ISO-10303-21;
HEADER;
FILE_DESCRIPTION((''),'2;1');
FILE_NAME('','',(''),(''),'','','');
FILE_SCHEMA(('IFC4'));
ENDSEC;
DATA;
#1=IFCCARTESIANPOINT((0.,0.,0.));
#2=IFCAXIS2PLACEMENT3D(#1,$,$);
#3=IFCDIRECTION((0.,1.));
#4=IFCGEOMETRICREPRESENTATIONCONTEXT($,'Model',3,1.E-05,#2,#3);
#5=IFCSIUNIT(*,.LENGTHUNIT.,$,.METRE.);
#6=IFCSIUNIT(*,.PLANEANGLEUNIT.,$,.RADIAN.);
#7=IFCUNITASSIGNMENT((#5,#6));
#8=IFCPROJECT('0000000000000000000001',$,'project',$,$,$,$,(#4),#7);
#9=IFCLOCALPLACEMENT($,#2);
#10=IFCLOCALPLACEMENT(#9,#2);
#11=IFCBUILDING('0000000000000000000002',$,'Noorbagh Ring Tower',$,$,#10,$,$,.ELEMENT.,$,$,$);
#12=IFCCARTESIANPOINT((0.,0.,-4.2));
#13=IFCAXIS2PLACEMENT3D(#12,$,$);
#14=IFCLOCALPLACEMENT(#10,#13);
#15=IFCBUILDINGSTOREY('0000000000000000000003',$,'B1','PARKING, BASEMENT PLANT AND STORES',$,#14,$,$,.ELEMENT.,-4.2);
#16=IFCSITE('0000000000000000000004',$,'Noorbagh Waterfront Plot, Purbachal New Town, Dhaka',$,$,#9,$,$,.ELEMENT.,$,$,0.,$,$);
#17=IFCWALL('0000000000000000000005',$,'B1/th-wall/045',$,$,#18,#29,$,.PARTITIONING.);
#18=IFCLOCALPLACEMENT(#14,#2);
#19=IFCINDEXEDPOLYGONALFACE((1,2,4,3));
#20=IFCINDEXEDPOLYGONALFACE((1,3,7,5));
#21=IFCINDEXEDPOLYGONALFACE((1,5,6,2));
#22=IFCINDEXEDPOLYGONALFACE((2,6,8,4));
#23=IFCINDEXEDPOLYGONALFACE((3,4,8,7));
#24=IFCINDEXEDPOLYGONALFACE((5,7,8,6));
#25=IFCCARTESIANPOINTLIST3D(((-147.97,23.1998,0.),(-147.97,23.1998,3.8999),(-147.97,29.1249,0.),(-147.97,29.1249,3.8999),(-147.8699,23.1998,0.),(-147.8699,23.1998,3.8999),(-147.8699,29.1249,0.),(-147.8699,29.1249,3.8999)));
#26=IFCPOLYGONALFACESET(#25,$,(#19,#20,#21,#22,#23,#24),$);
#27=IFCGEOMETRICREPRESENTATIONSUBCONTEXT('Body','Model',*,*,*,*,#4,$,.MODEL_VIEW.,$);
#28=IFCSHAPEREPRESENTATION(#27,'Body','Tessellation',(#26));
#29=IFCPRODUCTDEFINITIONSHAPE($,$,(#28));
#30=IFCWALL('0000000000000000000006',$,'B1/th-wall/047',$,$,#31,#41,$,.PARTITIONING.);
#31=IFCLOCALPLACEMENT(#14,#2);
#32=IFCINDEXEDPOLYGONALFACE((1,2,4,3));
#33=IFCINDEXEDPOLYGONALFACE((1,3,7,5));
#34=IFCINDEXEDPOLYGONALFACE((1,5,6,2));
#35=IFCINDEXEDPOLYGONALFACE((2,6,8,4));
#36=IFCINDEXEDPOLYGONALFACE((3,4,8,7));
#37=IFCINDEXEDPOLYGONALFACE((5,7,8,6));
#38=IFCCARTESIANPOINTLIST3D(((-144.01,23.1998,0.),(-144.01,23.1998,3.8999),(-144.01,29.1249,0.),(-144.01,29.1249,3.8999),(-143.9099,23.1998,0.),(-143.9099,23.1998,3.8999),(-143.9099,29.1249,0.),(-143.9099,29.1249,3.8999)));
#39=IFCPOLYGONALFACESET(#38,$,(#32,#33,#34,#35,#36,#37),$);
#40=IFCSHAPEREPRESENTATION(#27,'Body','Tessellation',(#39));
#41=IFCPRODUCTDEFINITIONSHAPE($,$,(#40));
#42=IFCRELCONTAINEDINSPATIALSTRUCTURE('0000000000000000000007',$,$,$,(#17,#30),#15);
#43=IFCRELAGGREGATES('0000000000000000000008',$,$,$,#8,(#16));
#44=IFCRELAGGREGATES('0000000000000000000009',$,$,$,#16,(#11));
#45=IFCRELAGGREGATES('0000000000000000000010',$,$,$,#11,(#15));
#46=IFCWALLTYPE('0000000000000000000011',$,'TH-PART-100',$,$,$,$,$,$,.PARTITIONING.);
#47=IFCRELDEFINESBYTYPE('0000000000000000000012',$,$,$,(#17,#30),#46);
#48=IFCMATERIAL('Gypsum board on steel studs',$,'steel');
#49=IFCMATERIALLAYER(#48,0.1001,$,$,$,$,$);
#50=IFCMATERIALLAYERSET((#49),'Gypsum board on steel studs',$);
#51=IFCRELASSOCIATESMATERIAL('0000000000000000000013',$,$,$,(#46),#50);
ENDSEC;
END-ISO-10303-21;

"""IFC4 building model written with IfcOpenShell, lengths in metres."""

from ifc_helpers import new_model, si_unit, direction, frame, frame_2d, origin, place, context, subcontext, project, spatial, rectangle, extrude, material, layer, layer_set, type_object, element, save


model = new_model("IFC4")

# Units and contexts
model_context = context("Model", 3, precision=1e-05, world=origin(), true_north=direction((0.0, 1.0)))
body_context = subcontext(model_context, "Body", "Model", "MODEL_VIEW")
ifc_project = project(units=[si_unit("LENGTHUNIT", "METRE"), si_unit("PLANEANGLEUNIT", "RADIAN")], contexts=[model_context])

# Site, building, storey
site_placement = place(None, origin())
site = spatial("IfcSite", under=ifc_project, at=site_placement, Name="Noorbagh Waterfront Plot, Purbachal New Town, Dhaka", CompositionType="ELEMENT", RefElevation=0.0)
building_placement = place(site_placement, origin())
building = spatial("IfcBuilding", under=site, at=building_placement, Name="Noorbagh Ring Tower", CompositionType="ELEMENT")
storey_placement = place(building_placement, frame((0.0, 0.0, -4.2)))
storey = spatial("IfcBuildingStorey", under=building, at=storey_placement, Name="B1", Description="PARKING, BASEMENT PLANT AND STORES", CompositionType="ELEMENT", Elevation=-4.2)

# Walls
ifc_material_1 = material(Name="Gypsum board on steel studs", Category="steel")
ifc_layer = layer(ifc_material_1, 0.1001)
ifc_layer_set = layer_set([ifc_layer], Name="Gypsum board on steel studs")
wall_type = type_object("IfcWallType", Name="TH-PART-100", PredefinedType="PARTITIONING", material=ifc_layer_set)
for number, where, z_axis, x_axis, name in (
    (1, (-147.9199, 23.2, 0.0), (0.0, 0.0, 1.0), (0.0, 1.0, 0.0), "B1/th-wall/045"),
    (2, (-143.96, 23.2, 0.0), (0.0, 0.0, 1.0), (0.0, 1.0, 0.0), "B1/th-wall/047"),
):
    element("IfcWall", number, at=place(storey_placement, frame(where, z_axis=z_axis, x_axis=x_axis)), inside=storey, type_object=wall_type, Name=name, PredefinedType="PARTITIONING", context=body_context, shape_type="SweptSolid", body=[
        extrude(rectangle(XDim=5.925, YDim=0.1001, at=frame_2d((2.9624, 0.0))), origin(), (0.0, 0.0, 1.0), 3.8999),
    ])

save(model, "model.ifc")
